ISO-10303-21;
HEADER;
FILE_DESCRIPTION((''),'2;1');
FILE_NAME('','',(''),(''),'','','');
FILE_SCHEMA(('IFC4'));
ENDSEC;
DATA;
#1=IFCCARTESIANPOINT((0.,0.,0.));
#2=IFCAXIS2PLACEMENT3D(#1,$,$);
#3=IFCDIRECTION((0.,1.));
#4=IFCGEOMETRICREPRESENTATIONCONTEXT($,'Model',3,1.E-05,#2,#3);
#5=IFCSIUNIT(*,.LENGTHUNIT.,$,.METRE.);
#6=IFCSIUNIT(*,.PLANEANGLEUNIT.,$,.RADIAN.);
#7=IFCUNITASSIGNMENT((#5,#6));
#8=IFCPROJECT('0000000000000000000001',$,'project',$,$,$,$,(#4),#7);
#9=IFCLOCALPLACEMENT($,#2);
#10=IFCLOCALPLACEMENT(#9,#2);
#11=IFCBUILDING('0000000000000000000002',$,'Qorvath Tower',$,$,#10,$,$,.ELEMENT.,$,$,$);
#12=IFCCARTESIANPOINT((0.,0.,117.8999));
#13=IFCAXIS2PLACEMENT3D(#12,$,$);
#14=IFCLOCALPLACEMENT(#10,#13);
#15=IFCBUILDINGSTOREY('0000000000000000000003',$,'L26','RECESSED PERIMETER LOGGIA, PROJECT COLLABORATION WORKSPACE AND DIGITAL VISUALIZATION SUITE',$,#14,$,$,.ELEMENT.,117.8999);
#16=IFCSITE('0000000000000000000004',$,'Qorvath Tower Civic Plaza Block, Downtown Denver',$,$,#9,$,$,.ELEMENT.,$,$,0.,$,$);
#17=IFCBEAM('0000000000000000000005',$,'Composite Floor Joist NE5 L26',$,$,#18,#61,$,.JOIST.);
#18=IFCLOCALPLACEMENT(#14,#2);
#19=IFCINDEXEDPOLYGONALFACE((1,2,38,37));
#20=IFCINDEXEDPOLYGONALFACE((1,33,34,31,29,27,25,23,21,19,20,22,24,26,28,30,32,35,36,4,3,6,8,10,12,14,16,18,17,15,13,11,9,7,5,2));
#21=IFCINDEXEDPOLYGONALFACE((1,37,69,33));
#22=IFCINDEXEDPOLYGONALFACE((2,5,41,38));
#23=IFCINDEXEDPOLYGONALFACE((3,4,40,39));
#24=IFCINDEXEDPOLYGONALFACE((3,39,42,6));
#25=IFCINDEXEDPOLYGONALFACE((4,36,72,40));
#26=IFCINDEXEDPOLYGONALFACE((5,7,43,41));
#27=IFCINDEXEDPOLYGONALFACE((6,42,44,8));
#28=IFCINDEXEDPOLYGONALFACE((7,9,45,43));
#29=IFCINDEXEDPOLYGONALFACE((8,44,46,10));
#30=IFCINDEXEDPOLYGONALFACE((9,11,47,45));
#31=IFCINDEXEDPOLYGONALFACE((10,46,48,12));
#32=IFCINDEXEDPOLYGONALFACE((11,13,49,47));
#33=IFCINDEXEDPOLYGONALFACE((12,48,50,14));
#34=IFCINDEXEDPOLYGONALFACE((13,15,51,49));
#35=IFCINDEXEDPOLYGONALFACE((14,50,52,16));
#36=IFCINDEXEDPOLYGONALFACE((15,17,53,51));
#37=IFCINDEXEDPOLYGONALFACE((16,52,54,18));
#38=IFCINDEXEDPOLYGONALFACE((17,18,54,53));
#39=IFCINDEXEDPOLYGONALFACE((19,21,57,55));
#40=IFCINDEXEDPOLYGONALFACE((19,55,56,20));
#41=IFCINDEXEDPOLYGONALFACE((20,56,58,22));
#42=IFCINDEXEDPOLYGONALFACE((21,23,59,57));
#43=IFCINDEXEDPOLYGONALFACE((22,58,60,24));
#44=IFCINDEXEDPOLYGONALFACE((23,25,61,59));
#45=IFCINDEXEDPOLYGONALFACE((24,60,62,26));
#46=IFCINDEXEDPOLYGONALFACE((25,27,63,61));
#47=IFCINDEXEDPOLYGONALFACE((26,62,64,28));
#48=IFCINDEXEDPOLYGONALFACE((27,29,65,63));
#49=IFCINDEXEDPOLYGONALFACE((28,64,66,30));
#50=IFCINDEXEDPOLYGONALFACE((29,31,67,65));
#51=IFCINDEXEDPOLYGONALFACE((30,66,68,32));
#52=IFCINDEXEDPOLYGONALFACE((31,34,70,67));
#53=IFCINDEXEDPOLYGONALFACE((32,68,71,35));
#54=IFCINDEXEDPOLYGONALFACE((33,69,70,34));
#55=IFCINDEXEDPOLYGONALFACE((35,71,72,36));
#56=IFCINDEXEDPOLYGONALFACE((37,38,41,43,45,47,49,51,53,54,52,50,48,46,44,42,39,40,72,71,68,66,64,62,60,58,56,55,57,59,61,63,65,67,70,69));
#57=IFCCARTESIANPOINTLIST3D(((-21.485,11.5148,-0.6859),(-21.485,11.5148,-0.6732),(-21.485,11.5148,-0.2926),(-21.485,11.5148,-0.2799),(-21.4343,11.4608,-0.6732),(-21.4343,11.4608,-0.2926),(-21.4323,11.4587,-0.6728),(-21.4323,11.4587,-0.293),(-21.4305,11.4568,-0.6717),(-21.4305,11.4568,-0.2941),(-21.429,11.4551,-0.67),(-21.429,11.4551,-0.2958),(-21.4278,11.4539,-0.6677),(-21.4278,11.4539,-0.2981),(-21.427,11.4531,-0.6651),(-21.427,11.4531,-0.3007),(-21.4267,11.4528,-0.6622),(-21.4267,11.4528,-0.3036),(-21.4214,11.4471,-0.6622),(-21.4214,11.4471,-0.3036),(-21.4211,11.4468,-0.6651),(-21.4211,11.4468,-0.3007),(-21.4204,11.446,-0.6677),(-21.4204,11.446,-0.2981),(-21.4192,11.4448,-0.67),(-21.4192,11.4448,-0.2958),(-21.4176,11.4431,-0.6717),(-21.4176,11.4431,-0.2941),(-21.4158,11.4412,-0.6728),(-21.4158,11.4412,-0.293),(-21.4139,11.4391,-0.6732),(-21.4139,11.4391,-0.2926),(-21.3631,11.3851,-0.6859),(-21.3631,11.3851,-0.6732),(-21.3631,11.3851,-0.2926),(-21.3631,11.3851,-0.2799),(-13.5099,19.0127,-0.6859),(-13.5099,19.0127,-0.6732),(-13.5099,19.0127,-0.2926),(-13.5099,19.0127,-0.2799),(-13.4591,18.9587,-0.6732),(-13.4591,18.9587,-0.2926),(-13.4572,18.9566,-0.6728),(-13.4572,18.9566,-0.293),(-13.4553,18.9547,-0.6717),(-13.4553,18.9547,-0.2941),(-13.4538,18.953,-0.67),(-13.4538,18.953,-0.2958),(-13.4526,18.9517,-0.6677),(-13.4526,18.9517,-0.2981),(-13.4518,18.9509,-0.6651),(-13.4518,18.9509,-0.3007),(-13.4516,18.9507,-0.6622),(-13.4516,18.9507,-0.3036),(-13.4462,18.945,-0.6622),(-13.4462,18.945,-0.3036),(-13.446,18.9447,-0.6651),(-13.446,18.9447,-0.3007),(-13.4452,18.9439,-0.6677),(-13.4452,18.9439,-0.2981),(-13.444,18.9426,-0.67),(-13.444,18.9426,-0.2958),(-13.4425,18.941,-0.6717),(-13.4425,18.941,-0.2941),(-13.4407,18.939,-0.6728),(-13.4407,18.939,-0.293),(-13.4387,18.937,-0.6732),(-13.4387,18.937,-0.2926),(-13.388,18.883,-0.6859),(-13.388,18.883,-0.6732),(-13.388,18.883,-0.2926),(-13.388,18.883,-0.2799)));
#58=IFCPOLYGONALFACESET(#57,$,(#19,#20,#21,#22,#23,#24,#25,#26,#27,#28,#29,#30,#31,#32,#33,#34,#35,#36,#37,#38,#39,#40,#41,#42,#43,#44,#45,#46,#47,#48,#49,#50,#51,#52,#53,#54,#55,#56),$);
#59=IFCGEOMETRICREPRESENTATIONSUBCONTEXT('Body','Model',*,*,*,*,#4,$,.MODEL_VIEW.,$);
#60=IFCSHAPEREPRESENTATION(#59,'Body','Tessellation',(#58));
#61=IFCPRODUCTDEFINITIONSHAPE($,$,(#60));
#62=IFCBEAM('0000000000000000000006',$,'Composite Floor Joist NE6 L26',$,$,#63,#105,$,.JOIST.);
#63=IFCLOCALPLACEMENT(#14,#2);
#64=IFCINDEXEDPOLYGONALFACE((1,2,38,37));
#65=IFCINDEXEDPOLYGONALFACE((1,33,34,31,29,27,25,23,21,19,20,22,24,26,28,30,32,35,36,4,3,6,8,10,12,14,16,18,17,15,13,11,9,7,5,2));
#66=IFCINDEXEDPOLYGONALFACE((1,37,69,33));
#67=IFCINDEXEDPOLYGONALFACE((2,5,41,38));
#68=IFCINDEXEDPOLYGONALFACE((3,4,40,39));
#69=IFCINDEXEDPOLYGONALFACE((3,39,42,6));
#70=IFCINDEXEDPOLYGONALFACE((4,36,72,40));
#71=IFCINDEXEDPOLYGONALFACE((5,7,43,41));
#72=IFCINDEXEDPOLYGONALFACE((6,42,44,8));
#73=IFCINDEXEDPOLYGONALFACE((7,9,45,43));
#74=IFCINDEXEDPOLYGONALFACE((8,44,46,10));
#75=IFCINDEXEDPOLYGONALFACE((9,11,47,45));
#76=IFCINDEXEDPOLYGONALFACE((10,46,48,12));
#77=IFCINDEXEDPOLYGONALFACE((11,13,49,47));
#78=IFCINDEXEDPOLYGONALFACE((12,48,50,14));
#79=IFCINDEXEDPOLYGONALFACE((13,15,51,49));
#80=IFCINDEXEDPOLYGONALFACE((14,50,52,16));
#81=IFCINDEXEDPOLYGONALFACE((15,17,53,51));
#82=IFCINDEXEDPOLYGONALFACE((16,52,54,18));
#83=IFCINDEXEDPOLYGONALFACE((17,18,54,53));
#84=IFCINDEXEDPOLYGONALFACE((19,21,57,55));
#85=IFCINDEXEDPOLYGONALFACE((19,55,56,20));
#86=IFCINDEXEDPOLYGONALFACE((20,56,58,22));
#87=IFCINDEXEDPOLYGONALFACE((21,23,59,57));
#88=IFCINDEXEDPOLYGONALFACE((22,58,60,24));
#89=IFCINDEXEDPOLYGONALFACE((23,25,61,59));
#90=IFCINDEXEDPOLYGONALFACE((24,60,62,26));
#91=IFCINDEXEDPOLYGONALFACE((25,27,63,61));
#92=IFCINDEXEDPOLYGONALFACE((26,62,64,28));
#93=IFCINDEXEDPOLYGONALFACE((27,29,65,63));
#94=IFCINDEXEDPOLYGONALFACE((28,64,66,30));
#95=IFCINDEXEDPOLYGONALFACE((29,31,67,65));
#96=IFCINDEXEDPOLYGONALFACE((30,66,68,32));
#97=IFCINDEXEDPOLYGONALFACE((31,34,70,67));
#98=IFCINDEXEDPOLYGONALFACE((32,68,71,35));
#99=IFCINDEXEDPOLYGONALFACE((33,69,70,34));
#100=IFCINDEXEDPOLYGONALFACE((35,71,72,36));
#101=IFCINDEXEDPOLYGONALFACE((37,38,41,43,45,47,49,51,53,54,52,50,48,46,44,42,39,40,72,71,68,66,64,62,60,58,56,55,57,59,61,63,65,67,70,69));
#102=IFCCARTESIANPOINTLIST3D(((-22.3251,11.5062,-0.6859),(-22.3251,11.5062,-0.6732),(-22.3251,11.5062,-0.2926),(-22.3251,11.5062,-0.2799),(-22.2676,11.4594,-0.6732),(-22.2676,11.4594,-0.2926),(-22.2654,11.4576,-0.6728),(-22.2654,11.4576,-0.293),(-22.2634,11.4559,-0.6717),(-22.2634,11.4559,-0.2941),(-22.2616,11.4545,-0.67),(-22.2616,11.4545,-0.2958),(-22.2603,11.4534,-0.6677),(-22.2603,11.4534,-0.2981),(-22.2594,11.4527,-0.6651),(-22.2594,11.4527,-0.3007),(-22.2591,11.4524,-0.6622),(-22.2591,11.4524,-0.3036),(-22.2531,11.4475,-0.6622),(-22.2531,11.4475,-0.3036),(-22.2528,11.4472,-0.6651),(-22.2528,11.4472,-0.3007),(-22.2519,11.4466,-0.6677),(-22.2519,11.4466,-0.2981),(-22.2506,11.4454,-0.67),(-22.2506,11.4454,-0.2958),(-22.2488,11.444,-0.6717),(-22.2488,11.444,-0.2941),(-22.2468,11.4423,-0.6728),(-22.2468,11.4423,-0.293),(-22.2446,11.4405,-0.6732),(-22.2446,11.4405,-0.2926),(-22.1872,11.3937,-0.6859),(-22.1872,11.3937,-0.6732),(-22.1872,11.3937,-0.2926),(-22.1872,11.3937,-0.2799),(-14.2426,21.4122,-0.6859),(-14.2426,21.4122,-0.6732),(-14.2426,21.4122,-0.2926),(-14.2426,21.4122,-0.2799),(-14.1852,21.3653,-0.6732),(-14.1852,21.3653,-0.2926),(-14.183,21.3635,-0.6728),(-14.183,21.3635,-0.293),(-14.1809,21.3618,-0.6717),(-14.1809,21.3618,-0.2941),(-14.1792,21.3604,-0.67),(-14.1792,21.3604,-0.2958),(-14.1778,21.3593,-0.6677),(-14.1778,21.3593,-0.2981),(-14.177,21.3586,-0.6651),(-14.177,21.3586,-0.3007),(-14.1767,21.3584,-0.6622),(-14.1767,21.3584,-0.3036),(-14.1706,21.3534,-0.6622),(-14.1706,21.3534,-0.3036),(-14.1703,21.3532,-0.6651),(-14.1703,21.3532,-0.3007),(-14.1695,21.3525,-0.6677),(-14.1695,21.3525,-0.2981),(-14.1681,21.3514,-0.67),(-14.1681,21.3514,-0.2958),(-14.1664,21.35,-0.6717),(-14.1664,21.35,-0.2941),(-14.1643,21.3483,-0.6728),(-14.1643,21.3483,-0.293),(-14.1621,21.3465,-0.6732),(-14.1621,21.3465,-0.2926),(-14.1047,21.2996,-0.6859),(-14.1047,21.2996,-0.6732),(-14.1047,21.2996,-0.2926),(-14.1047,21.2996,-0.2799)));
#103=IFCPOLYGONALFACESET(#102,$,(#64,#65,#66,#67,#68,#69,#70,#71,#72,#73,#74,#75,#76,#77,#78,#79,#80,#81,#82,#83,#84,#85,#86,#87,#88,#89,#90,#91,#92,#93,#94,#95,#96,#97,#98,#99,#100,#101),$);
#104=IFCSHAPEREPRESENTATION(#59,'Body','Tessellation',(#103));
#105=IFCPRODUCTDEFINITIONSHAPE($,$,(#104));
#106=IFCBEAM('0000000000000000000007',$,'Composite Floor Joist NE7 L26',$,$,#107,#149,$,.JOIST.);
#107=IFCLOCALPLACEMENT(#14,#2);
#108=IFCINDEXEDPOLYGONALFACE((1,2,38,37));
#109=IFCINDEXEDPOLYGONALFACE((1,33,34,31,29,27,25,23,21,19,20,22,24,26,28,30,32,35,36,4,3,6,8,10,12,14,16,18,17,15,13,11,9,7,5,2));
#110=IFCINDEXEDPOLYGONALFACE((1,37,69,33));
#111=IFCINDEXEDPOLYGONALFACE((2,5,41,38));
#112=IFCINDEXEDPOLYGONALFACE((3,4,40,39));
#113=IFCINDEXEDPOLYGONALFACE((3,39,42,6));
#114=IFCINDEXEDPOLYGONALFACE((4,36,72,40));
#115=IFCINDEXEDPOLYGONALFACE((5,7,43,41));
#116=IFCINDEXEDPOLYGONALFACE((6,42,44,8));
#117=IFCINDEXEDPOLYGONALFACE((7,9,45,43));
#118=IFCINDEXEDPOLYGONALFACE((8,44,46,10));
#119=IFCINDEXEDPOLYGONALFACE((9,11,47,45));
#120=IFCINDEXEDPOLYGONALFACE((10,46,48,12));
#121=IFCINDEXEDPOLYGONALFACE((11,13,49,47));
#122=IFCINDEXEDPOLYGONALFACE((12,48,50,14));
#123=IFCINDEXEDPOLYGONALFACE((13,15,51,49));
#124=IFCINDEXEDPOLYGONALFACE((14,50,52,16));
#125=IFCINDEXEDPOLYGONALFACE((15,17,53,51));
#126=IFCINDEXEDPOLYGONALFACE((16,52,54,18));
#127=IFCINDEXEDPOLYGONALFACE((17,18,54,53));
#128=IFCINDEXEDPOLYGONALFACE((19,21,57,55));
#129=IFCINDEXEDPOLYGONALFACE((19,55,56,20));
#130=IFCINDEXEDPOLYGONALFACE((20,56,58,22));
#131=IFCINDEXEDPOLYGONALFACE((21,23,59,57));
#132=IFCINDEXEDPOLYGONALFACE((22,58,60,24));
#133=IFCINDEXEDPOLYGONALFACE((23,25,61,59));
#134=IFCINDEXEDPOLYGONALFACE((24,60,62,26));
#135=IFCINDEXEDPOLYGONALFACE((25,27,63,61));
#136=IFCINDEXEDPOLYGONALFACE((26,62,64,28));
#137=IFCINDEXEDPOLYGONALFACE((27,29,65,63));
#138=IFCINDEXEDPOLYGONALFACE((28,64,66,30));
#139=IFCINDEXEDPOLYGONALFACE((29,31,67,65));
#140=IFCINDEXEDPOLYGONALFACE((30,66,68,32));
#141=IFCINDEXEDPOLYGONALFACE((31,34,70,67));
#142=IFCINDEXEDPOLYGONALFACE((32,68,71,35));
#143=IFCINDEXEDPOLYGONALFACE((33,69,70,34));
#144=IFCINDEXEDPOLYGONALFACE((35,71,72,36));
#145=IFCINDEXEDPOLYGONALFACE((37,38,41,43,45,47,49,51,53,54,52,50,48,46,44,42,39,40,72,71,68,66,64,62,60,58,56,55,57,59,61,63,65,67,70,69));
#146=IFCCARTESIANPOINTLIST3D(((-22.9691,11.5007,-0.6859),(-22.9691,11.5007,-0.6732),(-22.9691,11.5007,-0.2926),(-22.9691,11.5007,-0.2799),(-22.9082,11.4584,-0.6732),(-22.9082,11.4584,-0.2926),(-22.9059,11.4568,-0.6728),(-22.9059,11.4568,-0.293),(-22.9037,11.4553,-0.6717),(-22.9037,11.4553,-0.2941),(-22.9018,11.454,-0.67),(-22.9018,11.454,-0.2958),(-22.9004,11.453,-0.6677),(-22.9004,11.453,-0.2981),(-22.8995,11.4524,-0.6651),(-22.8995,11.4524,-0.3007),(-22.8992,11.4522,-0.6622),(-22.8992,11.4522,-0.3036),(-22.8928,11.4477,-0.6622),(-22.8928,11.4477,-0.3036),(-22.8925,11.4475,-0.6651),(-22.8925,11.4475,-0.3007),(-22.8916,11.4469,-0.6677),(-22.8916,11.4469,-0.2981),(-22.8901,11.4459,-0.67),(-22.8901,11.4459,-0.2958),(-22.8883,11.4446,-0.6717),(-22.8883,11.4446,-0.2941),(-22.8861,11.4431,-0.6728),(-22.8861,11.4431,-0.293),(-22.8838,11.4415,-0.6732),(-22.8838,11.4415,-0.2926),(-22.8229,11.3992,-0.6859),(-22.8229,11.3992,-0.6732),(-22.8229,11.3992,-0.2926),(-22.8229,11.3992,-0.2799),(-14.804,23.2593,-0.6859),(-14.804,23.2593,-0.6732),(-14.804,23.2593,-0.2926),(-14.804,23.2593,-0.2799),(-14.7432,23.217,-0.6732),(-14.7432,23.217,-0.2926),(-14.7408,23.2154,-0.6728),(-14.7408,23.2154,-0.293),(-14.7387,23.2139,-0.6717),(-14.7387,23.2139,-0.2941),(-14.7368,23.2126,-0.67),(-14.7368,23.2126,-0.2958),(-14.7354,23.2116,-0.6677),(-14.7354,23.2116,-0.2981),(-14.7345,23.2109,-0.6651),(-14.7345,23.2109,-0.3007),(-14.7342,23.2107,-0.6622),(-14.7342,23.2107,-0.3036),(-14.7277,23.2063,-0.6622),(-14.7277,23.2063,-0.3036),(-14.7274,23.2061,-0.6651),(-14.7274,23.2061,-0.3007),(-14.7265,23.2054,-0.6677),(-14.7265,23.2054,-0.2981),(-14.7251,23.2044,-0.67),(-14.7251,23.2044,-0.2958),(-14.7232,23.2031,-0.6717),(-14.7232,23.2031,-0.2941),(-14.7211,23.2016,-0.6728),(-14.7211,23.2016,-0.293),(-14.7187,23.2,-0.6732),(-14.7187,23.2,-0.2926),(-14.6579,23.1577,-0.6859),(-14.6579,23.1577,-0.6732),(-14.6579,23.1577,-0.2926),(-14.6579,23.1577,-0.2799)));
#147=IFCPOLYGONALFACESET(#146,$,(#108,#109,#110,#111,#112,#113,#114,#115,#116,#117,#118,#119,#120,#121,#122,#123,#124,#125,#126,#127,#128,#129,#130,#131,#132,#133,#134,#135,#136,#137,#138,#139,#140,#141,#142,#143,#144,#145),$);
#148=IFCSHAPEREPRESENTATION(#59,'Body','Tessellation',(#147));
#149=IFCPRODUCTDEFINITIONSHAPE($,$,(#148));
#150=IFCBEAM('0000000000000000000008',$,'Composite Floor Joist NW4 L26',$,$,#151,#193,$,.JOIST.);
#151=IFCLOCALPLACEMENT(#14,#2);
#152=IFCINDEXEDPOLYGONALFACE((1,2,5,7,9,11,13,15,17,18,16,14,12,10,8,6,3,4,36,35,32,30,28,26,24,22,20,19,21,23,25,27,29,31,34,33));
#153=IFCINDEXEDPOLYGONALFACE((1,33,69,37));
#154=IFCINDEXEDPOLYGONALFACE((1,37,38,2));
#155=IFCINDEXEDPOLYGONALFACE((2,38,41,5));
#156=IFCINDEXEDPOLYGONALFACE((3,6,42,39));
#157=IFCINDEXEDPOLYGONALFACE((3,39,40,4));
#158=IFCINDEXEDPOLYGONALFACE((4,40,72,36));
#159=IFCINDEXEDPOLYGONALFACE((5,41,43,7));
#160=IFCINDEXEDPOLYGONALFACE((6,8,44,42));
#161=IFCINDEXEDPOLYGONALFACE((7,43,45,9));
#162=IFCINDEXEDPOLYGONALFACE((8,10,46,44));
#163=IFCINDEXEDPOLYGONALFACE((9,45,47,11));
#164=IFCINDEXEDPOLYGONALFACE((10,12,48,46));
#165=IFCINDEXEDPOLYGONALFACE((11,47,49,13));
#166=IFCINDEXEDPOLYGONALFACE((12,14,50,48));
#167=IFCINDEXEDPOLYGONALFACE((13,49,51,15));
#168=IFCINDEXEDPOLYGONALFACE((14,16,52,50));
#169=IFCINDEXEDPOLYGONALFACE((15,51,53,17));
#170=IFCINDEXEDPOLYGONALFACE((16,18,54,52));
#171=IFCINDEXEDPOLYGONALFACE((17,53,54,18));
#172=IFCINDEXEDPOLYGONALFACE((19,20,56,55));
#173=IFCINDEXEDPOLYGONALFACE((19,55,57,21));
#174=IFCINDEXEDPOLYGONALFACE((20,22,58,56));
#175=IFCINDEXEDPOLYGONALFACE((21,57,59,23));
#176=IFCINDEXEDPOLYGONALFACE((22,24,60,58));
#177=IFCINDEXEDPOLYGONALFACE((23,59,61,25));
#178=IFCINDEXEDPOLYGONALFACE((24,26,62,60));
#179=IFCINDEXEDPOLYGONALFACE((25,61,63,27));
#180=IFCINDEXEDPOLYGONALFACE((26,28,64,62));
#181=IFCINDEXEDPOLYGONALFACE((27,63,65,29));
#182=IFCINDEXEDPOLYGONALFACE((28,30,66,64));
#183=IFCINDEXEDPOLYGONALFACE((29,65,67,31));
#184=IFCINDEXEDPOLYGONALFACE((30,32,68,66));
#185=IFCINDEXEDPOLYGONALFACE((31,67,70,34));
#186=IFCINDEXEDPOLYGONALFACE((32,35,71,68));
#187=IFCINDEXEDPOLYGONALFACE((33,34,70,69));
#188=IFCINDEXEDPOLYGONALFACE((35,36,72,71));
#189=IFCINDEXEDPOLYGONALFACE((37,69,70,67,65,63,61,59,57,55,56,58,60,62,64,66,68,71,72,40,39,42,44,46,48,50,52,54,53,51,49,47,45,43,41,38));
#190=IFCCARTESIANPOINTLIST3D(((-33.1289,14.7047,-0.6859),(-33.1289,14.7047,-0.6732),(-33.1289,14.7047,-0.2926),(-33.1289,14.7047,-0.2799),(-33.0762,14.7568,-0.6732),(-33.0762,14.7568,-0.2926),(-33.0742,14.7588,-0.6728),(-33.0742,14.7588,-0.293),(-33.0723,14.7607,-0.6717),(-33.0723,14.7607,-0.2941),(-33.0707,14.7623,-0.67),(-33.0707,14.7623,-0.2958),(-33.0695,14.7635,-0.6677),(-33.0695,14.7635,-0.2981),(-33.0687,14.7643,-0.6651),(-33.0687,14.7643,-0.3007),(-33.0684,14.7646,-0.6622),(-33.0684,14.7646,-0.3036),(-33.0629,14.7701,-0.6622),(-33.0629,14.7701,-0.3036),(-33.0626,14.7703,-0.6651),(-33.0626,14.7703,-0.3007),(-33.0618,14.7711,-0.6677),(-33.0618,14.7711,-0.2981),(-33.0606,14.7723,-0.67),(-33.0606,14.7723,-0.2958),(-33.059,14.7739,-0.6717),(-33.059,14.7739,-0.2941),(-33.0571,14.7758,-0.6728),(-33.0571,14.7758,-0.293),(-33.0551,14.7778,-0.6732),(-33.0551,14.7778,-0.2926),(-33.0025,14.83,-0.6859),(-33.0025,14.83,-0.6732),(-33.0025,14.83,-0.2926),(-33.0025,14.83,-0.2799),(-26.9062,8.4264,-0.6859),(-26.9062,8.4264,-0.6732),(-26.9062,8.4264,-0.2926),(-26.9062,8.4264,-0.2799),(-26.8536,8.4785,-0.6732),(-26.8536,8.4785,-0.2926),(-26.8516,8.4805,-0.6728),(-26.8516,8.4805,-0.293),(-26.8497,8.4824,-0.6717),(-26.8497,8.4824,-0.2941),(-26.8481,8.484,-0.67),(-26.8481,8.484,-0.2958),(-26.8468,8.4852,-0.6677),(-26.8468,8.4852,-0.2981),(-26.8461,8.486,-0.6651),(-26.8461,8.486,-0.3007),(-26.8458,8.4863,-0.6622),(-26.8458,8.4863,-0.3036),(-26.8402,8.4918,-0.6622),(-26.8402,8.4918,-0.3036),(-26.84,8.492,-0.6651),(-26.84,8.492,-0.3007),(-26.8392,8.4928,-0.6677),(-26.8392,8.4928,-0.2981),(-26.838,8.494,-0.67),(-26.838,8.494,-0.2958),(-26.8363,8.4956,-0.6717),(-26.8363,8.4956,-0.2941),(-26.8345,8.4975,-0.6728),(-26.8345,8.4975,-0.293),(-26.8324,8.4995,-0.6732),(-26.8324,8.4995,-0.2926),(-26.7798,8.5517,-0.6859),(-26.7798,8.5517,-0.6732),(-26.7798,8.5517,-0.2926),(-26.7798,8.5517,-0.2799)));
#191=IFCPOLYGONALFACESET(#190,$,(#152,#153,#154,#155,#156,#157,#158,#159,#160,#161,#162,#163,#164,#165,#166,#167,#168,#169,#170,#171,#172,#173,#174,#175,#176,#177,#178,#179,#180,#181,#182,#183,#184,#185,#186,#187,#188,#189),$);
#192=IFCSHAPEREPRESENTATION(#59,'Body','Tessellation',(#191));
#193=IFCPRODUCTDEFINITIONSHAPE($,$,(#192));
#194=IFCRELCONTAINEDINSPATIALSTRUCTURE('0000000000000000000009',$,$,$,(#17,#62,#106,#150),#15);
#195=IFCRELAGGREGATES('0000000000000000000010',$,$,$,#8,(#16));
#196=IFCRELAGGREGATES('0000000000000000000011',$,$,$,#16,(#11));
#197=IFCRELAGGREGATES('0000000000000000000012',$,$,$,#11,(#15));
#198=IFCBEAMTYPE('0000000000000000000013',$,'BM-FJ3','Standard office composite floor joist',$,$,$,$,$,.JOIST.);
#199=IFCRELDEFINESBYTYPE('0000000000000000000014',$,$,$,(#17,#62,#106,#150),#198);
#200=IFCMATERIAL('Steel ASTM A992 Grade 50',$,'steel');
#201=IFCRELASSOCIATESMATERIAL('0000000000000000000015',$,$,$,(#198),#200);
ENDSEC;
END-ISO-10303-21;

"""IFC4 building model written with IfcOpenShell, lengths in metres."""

from ifc_helpers import new_model, si_unit, direction, frame, origin, origin_2d, place, context, subcontext, project, spatial, i_section, extrude, material, material_profile, profile_set, type_object, element, save


model = new_model("IFC4")

# Units and contexts
model_context = context("Model", 3, precision=1e-05, world=origin(), true_north=direction((0.0, 1.0)))
body_context = subcontext(model_context, "Body", "Model", "MODEL_VIEW")
ifc_project = project(units=[si_unit("LENGTHUNIT", "METRE"), si_unit("PLANEANGLEUNIT", "RADIAN")], contexts=[model_context])

# Site, building, storey
site_placement = place(None, origin())
site = spatial("IfcSite", under=ifc_project, at=site_placement, Name="Qorvath Tower Civic Plaza Block, Downtown Denver", CompositionType="ELEMENT", RefElevation=0.0)
building_placement = place(site_placement, origin())
building = spatial("IfcBuilding", under=site, at=building_placement, Name="Qorvath Tower", CompositionType="ELEMENT")
storey_placement = place(building_placement, frame((0.0, 0.0, 117.8999)))
storey = spatial("IfcBuildingStorey", under=building, at=storey_placement, Name="L26", Description="RECESSED PERIMETER LOGGIA, PROJECT COLLABORATION WORKSPACE AND DIGITAL VISUALIZATION SUITE", CompositionType="ELEMENT", Elevation=117.8999)

# Beams
ifc_material_1 = material(Name="Steel ASTM A992 Grade 50", Category="steel")
ifc_material_profile_1 = material_profile(ifc_material_1, i_section(OverallWidth=0.178, OverallDepth=0.406, WebThickness=0.0078, FlangeThickness=0.0127, FilletRadius=0.011, at=origin_2d()), Name="W16x40")
ifc_profile_set_1 = profile_set([ifc_material_profile_1], Name="Steel ASTM A992 Grade 50")
beam_type_1 = type_object("IfcBeamType", Name="BM-FJ3", Description="Standard office composite floor joist", PredefinedType="JOIST", material=ifc_profile_set_1)
beam_1_placement = place(storey_placement, frame((-21.4241, 11.45, -0.4829), z_axis=(0.728572, 0.684969, 0.0), x_axis=(-0.684969, 0.728572, 0.0)))
element("IfcBeam", 1, at=beam_1_placement, inside=storey, type_object=beam_type_1, Name="Composite Floor Joist NE5 L26", PredefinedType="JOIST", context=body_context, shape_type="SweptSolid", body=[
    extrude(i_section(OverallWidth=0.178, OverallDepth=0.406, WebThickness=0.0078, FlangeThickness=0.0127, FilletRadius=0.011, at=origin_2d()), origin(), (0.0, 0.0, 1.0), 10.9463),
])
beam_2_placement = place(storey_placement, frame((-22.2561, 11.45, -0.4829), z_axis=(0.632188, 0.774815, 0.0), x_axis=(-0.774815, 0.632188, 0.0)))
element("IfcBeam", 2, at=beam_2_placement, inside=storey, type_object=beam_type_1, Name="Composite Floor Joist NE6 L26", PredefinedType="JOIST", context=body_context, shape_type="SweptSolid", body=[
    extrude(i_section(OverallWidth=0.178, OverallDepth=0.406, WebThickness=0.0078, FlangeThickness=0.0127, FilletRadius=0.011, at=origin_2d()), origin(), (0.0, 0.0, 1.0), 12.7849),
])
beam_3_placement = place(storey_placement, frame((-22.896, 11.45, -0.4829), z_axis=(0.570367, 0.82139, 0.0), x_axis=(-0.82139, 0.570367, 0.0)))
element("IfcBeam", 3, at=beam_3_placement, inside=storey, type_object=beam_type_1, Name="Composite Floor Joist NE7 L26", PredefinedType="JOIST", context=body_context, shape_type="SweptSolid", body=[
    extrude(i_section(OverallWidth=0.178, OverallDepth=0.406, WebThickness=0.0078, FlangeThickness=0.0127, FilletRadius=0.011, at=origin_2d()), origin(), (0.0, 0.0, 1.0), 14.3154),
])
beam_4_placement = place(storey_placement, frame((-26.843, 8.489, -0.4829), z_axis=(-0.703951, 0.710248, 0.0), x_axis=(-0.710248, -0.703951, 0.0)))
element("IfcBeam", 4, at=beam_4_placement, inside=storey, type_object=beam_type_1, Name="Composite Floor Joist NW4 L26", PredefinedType="JOIST", context=body_context, shape_type="SweptSolid", body=[
    extrude(i_section(OverallWidth=0.178, OverallDepth=0.406, WebThickness=0.0078, FlangeThickness=0.0127, FilletRadius=0.011, at=origin_2d()), origin(), (0.0, 0.0, 1.0), 8.8396),
])

save(model, "model.ifc")
